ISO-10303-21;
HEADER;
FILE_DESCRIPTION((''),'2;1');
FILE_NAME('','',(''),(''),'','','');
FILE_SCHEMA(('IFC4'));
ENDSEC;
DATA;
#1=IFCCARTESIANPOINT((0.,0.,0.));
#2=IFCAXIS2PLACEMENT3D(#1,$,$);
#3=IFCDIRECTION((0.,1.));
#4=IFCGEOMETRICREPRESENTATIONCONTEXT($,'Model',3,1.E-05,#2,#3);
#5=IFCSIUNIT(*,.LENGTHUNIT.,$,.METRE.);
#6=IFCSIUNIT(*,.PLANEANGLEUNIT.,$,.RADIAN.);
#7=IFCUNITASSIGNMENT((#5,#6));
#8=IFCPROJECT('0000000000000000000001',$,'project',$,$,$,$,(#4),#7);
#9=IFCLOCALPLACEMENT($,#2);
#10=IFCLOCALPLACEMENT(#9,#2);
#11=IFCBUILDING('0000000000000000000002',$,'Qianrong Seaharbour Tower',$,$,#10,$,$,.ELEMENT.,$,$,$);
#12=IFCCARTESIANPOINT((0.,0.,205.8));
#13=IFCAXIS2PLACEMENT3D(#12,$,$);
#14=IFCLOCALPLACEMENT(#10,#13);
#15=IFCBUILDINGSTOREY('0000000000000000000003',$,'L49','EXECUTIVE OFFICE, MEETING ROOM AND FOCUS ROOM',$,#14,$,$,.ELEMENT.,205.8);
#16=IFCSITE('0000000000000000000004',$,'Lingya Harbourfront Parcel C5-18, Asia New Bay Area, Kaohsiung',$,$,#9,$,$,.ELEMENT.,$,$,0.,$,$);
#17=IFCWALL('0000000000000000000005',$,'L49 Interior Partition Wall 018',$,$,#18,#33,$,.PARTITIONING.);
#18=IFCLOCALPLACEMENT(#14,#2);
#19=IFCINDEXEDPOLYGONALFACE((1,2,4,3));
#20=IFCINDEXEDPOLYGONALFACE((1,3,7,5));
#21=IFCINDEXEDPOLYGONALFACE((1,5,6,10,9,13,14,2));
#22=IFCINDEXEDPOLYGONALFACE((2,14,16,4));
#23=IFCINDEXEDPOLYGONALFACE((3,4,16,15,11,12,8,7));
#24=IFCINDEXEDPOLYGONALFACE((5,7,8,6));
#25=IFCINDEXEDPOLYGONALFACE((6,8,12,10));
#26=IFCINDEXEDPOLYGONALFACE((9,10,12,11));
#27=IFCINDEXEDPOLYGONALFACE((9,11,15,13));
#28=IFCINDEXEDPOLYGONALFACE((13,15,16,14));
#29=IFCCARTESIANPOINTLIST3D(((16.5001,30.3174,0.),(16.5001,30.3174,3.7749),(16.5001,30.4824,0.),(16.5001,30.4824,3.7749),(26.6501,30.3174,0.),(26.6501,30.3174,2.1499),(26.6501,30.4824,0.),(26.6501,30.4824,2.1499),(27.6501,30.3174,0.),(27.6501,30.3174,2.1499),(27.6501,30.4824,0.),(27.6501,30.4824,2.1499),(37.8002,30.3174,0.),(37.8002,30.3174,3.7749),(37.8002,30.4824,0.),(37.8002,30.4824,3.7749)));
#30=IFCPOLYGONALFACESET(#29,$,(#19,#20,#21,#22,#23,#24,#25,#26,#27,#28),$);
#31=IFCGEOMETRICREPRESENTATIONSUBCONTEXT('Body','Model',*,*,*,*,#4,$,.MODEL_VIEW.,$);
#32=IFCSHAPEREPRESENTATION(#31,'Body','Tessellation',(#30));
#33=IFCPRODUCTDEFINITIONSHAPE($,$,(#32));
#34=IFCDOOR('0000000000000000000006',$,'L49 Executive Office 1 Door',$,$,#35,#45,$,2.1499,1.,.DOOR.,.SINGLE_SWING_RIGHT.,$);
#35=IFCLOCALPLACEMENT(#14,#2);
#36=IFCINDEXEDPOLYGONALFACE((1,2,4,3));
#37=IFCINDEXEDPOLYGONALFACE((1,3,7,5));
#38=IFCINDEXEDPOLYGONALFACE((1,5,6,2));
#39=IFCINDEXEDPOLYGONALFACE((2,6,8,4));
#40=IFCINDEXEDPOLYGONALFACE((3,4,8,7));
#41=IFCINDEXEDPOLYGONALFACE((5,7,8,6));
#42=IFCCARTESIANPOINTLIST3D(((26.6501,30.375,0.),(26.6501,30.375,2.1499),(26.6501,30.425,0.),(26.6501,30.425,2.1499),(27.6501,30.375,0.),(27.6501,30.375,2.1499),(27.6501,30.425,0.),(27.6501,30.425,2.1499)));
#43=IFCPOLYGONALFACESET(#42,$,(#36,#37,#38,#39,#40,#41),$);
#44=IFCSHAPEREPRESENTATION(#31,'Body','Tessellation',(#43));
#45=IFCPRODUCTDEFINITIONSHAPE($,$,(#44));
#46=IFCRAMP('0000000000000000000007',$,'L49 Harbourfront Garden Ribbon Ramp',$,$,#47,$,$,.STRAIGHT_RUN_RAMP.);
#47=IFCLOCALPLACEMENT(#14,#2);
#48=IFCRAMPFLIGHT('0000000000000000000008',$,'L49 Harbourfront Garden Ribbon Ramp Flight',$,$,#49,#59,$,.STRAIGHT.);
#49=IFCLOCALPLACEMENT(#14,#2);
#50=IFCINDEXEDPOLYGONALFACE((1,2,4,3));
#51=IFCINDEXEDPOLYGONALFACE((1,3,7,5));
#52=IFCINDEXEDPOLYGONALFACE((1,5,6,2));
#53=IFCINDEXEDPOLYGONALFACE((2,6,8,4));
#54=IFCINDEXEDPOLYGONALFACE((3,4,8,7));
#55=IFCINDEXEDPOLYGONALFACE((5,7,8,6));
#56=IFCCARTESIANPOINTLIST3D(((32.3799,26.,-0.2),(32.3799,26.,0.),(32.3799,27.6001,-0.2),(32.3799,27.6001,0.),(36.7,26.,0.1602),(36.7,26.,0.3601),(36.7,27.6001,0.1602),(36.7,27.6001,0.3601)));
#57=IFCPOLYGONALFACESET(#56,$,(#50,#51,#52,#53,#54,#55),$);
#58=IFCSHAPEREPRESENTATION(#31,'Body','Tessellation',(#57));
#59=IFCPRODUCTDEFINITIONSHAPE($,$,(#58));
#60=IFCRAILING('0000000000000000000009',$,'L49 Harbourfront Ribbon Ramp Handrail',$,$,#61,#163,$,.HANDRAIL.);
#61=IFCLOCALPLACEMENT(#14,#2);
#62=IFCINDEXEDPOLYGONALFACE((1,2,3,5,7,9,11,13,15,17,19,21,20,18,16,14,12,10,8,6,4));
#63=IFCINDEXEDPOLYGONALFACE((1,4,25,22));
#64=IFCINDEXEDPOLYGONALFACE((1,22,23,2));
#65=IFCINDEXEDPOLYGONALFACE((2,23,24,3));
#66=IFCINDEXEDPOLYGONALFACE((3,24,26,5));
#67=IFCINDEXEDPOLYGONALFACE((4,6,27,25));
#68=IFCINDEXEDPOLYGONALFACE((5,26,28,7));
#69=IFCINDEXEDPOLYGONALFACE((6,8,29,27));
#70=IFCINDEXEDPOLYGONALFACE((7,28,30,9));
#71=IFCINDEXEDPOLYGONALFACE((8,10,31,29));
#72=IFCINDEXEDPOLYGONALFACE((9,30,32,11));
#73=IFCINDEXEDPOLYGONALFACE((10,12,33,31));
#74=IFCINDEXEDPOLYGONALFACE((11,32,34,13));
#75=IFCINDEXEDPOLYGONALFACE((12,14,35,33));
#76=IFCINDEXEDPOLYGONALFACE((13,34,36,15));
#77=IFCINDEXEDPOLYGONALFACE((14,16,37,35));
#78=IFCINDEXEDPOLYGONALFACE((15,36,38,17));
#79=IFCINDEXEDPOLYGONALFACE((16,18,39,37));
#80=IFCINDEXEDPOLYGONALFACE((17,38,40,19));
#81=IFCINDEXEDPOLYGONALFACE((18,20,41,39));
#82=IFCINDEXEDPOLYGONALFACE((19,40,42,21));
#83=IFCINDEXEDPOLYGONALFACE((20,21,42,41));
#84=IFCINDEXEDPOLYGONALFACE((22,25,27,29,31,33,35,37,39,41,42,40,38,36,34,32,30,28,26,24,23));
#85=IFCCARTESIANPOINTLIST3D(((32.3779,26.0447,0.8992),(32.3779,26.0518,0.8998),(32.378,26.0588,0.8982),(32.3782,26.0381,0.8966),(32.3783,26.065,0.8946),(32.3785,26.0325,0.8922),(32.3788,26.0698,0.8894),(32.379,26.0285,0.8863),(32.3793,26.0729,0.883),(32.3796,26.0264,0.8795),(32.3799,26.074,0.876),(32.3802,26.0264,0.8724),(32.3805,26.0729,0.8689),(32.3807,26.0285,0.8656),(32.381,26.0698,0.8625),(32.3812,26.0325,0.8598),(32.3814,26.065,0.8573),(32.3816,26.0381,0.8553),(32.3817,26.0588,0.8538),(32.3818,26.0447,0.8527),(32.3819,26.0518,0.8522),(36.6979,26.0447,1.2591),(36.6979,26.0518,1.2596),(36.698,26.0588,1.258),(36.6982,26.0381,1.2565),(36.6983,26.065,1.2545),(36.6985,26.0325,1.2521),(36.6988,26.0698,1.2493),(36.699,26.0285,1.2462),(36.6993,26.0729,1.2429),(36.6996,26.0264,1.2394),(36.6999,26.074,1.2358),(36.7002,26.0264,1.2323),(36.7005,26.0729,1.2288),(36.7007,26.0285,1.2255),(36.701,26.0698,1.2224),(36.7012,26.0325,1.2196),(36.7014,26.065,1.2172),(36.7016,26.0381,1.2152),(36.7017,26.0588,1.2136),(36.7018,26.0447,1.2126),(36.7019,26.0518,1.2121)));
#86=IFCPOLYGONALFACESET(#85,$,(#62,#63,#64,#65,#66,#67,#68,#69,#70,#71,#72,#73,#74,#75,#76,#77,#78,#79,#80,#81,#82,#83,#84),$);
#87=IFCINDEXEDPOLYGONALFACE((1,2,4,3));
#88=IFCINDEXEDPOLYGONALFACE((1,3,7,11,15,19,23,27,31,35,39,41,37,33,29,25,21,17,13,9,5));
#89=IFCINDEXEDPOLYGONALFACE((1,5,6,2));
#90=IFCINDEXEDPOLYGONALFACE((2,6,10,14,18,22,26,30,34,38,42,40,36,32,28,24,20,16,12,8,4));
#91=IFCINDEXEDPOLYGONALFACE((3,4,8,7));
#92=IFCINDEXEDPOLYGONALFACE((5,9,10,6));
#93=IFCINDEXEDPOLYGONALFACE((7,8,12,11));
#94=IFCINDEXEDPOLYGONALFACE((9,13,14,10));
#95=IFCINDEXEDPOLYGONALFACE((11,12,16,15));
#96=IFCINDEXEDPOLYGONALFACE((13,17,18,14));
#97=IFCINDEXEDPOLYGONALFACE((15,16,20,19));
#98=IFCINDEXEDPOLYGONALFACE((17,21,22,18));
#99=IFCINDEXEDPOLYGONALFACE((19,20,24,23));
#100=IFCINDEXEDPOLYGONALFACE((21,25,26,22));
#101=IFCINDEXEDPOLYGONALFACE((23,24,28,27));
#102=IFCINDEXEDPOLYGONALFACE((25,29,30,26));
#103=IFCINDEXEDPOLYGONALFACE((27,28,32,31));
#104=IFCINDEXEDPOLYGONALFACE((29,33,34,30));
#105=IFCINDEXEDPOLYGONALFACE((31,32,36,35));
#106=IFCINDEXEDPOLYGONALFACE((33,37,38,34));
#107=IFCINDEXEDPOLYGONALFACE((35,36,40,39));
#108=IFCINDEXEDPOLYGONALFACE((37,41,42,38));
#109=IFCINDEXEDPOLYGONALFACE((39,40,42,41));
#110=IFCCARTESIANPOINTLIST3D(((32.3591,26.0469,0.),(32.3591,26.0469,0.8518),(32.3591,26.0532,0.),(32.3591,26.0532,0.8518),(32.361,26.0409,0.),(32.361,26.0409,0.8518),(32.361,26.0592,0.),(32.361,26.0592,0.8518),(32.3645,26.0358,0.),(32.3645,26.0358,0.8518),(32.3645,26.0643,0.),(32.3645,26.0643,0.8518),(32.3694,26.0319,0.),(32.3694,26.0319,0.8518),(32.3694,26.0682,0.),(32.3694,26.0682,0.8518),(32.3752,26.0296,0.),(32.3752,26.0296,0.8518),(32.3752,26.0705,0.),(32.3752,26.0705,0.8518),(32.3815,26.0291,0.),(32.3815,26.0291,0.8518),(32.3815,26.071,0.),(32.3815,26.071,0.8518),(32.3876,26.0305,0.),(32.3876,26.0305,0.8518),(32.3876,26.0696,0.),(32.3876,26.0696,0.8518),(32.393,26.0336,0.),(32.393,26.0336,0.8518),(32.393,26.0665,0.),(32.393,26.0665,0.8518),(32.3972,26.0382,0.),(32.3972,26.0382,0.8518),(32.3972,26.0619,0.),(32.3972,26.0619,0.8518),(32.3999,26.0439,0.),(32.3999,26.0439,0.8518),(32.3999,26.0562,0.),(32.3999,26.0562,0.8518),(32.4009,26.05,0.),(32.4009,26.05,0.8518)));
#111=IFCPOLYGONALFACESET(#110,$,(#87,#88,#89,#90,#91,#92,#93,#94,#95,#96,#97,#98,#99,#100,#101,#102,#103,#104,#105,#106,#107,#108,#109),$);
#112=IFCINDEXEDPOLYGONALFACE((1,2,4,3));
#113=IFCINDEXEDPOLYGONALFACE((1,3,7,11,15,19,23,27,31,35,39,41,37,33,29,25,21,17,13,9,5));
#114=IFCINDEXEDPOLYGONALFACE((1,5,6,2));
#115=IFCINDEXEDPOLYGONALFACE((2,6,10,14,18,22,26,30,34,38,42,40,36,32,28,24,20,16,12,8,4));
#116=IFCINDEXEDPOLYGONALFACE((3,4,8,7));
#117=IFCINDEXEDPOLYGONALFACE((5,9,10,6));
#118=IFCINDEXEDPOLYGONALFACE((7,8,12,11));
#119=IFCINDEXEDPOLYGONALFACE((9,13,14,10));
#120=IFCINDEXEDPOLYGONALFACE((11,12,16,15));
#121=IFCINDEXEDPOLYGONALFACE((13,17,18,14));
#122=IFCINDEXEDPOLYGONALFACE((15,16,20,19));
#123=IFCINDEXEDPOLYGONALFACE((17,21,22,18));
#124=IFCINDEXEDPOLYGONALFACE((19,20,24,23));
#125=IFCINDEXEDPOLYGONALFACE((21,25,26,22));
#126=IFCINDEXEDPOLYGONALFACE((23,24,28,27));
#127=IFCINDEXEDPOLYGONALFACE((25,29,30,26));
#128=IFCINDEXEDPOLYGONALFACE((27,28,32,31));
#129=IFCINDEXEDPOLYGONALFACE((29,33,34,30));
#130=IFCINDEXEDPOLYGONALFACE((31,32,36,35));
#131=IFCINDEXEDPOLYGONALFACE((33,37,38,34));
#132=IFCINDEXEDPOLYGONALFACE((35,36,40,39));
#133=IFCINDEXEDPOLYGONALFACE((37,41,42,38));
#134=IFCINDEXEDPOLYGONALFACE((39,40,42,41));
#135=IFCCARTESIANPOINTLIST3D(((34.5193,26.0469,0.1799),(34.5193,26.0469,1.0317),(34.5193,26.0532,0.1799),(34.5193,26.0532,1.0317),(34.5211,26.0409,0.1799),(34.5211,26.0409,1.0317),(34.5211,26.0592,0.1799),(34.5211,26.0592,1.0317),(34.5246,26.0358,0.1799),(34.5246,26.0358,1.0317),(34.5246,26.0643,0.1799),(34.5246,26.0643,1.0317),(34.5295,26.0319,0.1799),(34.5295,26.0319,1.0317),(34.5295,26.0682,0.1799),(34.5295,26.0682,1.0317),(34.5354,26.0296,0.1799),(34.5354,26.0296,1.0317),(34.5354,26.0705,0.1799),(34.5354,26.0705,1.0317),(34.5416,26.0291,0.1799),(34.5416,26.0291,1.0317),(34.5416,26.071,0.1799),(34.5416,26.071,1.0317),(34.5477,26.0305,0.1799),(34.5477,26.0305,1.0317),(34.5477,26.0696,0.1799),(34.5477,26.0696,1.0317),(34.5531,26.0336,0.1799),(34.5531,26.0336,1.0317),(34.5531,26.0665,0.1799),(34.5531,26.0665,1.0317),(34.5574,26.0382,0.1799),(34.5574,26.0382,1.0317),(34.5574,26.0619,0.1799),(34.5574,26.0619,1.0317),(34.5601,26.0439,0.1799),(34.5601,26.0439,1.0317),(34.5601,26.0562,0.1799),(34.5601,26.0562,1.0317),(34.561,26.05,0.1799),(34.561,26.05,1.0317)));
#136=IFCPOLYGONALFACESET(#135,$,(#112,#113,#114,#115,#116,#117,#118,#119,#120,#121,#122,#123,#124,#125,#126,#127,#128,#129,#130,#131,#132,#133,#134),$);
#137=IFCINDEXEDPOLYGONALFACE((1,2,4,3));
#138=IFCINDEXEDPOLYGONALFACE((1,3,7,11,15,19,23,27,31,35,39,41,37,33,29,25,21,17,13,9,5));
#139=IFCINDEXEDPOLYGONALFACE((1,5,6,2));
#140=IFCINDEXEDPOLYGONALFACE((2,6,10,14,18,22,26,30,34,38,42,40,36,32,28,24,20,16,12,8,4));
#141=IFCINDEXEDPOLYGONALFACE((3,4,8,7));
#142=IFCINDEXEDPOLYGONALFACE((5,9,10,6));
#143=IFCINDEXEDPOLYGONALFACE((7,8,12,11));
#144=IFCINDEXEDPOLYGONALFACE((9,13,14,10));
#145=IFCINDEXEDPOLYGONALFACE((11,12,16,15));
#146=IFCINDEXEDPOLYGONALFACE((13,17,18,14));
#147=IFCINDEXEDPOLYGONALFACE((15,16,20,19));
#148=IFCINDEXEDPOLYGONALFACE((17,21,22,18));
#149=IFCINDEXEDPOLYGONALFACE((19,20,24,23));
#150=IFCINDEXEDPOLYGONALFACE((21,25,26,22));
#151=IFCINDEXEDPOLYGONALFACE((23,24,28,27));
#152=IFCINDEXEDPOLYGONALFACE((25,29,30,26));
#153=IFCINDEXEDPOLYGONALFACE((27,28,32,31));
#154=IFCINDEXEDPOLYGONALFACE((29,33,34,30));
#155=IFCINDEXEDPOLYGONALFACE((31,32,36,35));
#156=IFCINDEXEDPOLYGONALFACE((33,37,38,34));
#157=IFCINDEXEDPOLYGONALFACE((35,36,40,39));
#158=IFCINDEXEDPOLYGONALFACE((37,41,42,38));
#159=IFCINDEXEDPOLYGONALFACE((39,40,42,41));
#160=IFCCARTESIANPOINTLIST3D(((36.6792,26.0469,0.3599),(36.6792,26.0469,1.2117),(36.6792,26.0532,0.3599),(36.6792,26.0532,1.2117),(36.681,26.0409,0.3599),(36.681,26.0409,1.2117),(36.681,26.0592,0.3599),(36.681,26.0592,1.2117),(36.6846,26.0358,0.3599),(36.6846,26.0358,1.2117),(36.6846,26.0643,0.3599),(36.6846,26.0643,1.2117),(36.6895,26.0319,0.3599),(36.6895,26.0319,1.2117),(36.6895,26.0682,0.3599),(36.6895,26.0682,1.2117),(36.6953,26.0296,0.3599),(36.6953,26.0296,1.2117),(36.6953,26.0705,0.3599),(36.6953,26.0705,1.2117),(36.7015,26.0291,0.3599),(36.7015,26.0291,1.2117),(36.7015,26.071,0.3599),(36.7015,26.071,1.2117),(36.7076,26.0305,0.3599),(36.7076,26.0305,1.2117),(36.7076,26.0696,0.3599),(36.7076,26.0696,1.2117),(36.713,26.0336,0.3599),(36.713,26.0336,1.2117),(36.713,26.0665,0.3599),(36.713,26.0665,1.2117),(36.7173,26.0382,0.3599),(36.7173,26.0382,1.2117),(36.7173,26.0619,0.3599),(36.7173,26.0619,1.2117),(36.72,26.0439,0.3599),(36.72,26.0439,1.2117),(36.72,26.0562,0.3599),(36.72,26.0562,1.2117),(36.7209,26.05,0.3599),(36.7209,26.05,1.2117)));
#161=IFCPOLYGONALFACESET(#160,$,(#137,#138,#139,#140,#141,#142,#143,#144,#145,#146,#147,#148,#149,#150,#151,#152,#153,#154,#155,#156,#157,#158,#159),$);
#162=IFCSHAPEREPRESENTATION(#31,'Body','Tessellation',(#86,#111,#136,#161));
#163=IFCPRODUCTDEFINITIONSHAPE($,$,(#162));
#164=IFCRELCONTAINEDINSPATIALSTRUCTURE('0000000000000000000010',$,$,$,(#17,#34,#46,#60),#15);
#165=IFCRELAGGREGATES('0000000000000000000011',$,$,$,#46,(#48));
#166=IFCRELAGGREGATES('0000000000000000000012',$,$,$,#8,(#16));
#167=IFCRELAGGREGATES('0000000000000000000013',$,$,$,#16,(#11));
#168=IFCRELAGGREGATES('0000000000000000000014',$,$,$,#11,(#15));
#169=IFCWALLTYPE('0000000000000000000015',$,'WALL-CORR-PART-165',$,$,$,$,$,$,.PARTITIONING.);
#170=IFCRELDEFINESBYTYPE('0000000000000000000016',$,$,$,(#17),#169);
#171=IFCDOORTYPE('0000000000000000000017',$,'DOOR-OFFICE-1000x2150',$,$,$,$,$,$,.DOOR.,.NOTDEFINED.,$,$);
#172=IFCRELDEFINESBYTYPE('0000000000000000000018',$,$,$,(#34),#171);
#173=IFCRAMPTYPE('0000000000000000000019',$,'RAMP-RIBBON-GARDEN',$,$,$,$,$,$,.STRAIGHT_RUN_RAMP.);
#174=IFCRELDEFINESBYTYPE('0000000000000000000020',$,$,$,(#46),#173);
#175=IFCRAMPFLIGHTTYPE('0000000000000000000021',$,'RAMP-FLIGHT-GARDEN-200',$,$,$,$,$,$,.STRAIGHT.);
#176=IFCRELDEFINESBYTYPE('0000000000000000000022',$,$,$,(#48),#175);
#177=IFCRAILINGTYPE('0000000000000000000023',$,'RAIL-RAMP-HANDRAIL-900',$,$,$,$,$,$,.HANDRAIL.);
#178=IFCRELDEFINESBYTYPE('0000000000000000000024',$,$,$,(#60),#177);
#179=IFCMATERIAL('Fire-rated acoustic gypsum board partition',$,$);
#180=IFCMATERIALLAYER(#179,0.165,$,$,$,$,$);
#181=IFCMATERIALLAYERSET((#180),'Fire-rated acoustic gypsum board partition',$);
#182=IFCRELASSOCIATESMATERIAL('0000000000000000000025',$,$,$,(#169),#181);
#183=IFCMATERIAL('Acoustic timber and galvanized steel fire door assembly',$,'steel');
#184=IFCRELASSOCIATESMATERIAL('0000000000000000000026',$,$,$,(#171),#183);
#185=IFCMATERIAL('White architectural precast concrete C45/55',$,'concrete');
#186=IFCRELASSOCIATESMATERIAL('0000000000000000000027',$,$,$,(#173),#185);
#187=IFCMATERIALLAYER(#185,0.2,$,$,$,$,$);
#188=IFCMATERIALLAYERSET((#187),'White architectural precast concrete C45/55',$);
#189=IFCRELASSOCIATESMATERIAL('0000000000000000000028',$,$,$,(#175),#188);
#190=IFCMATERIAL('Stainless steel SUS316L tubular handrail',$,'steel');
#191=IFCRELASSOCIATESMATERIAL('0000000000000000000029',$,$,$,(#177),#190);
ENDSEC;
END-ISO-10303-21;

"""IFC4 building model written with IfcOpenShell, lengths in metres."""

from ifc_helpers import new_model, si_unit, direction, frame, frame_2d, origin, origin_2d, place, context, subcontext, project, spatial, polyline, rectangle, circle, outline, extrude, material, layer, layer_set, type_object, element, fill, aggregate, save


model = new_model("IFC4")

# Units and contexts
model_context = context("Model", 3, precision=1e-05, world=origin(), true_north=direction((0.0, 1.0)))
body_context = subcontext(model_context, "Body", "Model", "MODEL_VIEW")
ifc_project = project(units=[si_unit("LENGTHUNIT", "METRE"), si_unit("PLANEANGLEUNIT", "RADIAN")], contexts=[model_context])

# Site, building, storey
site_placement = place(None, origin())
site = spatial("IfcSite", under=ifc_project, at=site_placement, Name="Lingya Harbourfront Parcel C5-18, Asia New Bay Area, Kaohsiung", CompositionType="ELEMENT", RefElevation=0.0)
building_placement = place(site_placement, origin())
building = spatial("IfcBuilding", under=site, at=building_placement, Name="Qianrong Seaharbour Tower", CompositionType="ELEMENT")
storey_placement = place(building_placement, frame((0.0, 0.0, 205.8)))
storey = spatial("IfcBuildingStorey", under=building, at=storey_placement, Name="L49", Description="EXECUTIVE OFFICE, MEETING ROOM AND FOCUS ROOM", CompositionType="ELEMENT", Elevation=205.8)

# Wall, opening, door
ifc_material_1 = material(Name="Fire-rated acoustic gypsum board partition")
ifc_layer_1 = layer(ifc_material_1, 0.165)
ifc_layer_set_1 = layer_set([ifc_layer_1], Name="Fire-rated acoustic gypsum board partition")
wall_type = type_object("IfcWallType", Name="WALL-CORR-PART-165", PredefinedType="PARTITIONING", material=ifc_layer_set_1)
wall_placement = place(storey_placement, frame((37.8, 30.3999, 0.0), z_axis=(0.0, 0.0, 1.0), x_axis=(-1.0, 0.0, 0.0)))
wall = element("IfcWall", 1, at=wall_placement, inside=storey, type_object=wall_type, Name="L49 Interior Partition Wall 018", PredefinedType="PARTITIONING", context=body_context, shape_type="SweptSolid", body=[
    extrude(rectangle(XDim=21.3, YDim=0.165, at=frame_2d((10.6499, 0.0))), origin(), (0.0, 0.0, 1.0), 3.7749),
])
opening_placement = place(wall_placement, frame((10.1499, 0.0, 0.0)))
opening = element("IfcOpeningElement", 2, at=opening_placement, cuts=wall, PredefinedType="OPENING", context=body_context, shape_type="SweptSolid", body=[
    extrude(rectangle(XDim=1.0, YDim=2.1499, at=frame_2d((0.5, 1.075))), frame((0.0, 0.0925, 0.0), z_axis=(0.0, -1.0, 0.0), x_axis=(1.0, 0.0, 0.0)), (0.0, 0.0, 1.0), 0.1851),
])
ifc_material_2 = material(Name="Acoustic timber and galvanized steel fire door assembly", Category="steel")
door_type = type_object("IfcDoorType", Name="DOOR-OFFICE-1000x2150", OperationType="NOTDEFINED", PredefinedType="DOOR", material=ifc_material_2)
door_placement = place(opening_placement, origin())
door = element("IfcDoor", 3, at=door_placement, inside=storey, type_object=door_type, Name="L49 Executive Office 1 Door", OperationType="SINGLE_SWING_RIGHT", OverallHeight=2.1499, OverallWidth=1.0, PredefinedType="DOOR", context=body_context, shape_type="SweptSolid", body=[
    extrude(rectangle(XDim=1.0, YDim=2.1499, at=frame_2d((0.5, 1.075))), frame((0.0, 0.0249, 0.0), z_axis=(0.0, -1.0, 0.0), x_axis=(1.0, 0.0, 0.0)), (0.0, 0.0, 1.0), 0.05),
])
fill(opening, door)

# Ramp, ramp flight
ifc_material_3 = material(Name="White architectural precast concrete C45/55", Category="concrete")
ramp_type = type_object("IfcRampType", Name="RAMP-RIBBON-GARDEN", PredefinedType="STRAIGHT_RUN_RAMP", material=ifc_material_3)
ramp_placement = place(storey_placement, origin())
ramp = element("IfcRamp", 4, at=ramp_placement, inside=storey, type_object=ramp_type, Name="L49 Harbourfront Garden Ribbon Ramp", PredefinedType="STRAIGHT_RUN_RAMP")
ifc_layer_2 = layer(ifc_material_3, 0.2)
ifc_layer_set_2 = layer_set([ifc_layer_2], Name="White architectural precast concrete C45/55")
ramp_flight_type = type_object("IfcRampFlightType", Name="RAMP-FLIGHT-GARDEN-200", PredefinedType="STRAIGHT", material=ifc_layer_set_2)
ramp_flight_placement = place(storey_placement, frame((32.3799, 26.8, 0.0), z_axis=(0.0, 0.0, 1.0), x_axis=(1.0, 0.0, 0.0)))
ramp_flight = element("IfcRampFlight", 5, at=ramp_flight_placement, type_object=ramp_flight_type, Name="L49 Harbourfront Garden Ribbon Ramp Flight", PredefinedType="STRAIGHT", context=body_context, shape_type="SweptSolid", body=[
    extrude(outline(polyline([(0.0, 0.0), (4.3201, 0.3601), (4.3201, 0.1602), (0.0, -0.2), (0.0, 0.0)])), frame((0.0, 0.8, 0.0), z_axis=(0.0, -1.0, 0.0), x_axis=(1.0, 0.0, 0.0)), (0.0, 0.0, 1.0), 1.6001),
])
aggregate(ramp, [ramp_flight])

# Railing
ifc_material_4 = material(Name="Stainless steel SUS316L tubular handrail", Category="steel")
railing_type = type_object("IfcRailingType", Name="RAIL-RAMP-HANDRAIL-900", PredefinedType="HANDRAIL", material=ifc_material_4)
railing_placement = place(storey_placement, frame((32.3799, 26.05, 0.0)))
element("IfcRailing", 6, at=railing_placement, inside=storey, type_object=railing_type, Name="L49 Harbourfront Ribbon Ramp Handrail", PredefinedType="HANDRAIL", context=body_context, shape_type="SweptSolid", body=[
    extrude(circle(Radius=0.0239, at=origin_2d()), frame((0.0, 0.0, 0.876), z_axis=(0.996548, 0.0, 0.083013), x_axis=(0.0, 1.0, 0.0)), (0.0, 0.0, 1.0), 4.335),
    extrude(circle(Radius=0.021, at=origin_2d()), origin(), (0.0, 0.0, 1.0), 0.8518),
    extrude(circle(Radius=0.021, at=origin_2d()), frame((2.1602, 0.0, 0.1799)), (0.0, 0.0, 1.0), 0.8518),
    extrude(circle(Radius=0.021, at=origin_2d()), frame((4.3201, 0.0, 0.3599)), (0.0, 0.0, 1.0), 0.8518),
])

save(model, "model.ifc")
